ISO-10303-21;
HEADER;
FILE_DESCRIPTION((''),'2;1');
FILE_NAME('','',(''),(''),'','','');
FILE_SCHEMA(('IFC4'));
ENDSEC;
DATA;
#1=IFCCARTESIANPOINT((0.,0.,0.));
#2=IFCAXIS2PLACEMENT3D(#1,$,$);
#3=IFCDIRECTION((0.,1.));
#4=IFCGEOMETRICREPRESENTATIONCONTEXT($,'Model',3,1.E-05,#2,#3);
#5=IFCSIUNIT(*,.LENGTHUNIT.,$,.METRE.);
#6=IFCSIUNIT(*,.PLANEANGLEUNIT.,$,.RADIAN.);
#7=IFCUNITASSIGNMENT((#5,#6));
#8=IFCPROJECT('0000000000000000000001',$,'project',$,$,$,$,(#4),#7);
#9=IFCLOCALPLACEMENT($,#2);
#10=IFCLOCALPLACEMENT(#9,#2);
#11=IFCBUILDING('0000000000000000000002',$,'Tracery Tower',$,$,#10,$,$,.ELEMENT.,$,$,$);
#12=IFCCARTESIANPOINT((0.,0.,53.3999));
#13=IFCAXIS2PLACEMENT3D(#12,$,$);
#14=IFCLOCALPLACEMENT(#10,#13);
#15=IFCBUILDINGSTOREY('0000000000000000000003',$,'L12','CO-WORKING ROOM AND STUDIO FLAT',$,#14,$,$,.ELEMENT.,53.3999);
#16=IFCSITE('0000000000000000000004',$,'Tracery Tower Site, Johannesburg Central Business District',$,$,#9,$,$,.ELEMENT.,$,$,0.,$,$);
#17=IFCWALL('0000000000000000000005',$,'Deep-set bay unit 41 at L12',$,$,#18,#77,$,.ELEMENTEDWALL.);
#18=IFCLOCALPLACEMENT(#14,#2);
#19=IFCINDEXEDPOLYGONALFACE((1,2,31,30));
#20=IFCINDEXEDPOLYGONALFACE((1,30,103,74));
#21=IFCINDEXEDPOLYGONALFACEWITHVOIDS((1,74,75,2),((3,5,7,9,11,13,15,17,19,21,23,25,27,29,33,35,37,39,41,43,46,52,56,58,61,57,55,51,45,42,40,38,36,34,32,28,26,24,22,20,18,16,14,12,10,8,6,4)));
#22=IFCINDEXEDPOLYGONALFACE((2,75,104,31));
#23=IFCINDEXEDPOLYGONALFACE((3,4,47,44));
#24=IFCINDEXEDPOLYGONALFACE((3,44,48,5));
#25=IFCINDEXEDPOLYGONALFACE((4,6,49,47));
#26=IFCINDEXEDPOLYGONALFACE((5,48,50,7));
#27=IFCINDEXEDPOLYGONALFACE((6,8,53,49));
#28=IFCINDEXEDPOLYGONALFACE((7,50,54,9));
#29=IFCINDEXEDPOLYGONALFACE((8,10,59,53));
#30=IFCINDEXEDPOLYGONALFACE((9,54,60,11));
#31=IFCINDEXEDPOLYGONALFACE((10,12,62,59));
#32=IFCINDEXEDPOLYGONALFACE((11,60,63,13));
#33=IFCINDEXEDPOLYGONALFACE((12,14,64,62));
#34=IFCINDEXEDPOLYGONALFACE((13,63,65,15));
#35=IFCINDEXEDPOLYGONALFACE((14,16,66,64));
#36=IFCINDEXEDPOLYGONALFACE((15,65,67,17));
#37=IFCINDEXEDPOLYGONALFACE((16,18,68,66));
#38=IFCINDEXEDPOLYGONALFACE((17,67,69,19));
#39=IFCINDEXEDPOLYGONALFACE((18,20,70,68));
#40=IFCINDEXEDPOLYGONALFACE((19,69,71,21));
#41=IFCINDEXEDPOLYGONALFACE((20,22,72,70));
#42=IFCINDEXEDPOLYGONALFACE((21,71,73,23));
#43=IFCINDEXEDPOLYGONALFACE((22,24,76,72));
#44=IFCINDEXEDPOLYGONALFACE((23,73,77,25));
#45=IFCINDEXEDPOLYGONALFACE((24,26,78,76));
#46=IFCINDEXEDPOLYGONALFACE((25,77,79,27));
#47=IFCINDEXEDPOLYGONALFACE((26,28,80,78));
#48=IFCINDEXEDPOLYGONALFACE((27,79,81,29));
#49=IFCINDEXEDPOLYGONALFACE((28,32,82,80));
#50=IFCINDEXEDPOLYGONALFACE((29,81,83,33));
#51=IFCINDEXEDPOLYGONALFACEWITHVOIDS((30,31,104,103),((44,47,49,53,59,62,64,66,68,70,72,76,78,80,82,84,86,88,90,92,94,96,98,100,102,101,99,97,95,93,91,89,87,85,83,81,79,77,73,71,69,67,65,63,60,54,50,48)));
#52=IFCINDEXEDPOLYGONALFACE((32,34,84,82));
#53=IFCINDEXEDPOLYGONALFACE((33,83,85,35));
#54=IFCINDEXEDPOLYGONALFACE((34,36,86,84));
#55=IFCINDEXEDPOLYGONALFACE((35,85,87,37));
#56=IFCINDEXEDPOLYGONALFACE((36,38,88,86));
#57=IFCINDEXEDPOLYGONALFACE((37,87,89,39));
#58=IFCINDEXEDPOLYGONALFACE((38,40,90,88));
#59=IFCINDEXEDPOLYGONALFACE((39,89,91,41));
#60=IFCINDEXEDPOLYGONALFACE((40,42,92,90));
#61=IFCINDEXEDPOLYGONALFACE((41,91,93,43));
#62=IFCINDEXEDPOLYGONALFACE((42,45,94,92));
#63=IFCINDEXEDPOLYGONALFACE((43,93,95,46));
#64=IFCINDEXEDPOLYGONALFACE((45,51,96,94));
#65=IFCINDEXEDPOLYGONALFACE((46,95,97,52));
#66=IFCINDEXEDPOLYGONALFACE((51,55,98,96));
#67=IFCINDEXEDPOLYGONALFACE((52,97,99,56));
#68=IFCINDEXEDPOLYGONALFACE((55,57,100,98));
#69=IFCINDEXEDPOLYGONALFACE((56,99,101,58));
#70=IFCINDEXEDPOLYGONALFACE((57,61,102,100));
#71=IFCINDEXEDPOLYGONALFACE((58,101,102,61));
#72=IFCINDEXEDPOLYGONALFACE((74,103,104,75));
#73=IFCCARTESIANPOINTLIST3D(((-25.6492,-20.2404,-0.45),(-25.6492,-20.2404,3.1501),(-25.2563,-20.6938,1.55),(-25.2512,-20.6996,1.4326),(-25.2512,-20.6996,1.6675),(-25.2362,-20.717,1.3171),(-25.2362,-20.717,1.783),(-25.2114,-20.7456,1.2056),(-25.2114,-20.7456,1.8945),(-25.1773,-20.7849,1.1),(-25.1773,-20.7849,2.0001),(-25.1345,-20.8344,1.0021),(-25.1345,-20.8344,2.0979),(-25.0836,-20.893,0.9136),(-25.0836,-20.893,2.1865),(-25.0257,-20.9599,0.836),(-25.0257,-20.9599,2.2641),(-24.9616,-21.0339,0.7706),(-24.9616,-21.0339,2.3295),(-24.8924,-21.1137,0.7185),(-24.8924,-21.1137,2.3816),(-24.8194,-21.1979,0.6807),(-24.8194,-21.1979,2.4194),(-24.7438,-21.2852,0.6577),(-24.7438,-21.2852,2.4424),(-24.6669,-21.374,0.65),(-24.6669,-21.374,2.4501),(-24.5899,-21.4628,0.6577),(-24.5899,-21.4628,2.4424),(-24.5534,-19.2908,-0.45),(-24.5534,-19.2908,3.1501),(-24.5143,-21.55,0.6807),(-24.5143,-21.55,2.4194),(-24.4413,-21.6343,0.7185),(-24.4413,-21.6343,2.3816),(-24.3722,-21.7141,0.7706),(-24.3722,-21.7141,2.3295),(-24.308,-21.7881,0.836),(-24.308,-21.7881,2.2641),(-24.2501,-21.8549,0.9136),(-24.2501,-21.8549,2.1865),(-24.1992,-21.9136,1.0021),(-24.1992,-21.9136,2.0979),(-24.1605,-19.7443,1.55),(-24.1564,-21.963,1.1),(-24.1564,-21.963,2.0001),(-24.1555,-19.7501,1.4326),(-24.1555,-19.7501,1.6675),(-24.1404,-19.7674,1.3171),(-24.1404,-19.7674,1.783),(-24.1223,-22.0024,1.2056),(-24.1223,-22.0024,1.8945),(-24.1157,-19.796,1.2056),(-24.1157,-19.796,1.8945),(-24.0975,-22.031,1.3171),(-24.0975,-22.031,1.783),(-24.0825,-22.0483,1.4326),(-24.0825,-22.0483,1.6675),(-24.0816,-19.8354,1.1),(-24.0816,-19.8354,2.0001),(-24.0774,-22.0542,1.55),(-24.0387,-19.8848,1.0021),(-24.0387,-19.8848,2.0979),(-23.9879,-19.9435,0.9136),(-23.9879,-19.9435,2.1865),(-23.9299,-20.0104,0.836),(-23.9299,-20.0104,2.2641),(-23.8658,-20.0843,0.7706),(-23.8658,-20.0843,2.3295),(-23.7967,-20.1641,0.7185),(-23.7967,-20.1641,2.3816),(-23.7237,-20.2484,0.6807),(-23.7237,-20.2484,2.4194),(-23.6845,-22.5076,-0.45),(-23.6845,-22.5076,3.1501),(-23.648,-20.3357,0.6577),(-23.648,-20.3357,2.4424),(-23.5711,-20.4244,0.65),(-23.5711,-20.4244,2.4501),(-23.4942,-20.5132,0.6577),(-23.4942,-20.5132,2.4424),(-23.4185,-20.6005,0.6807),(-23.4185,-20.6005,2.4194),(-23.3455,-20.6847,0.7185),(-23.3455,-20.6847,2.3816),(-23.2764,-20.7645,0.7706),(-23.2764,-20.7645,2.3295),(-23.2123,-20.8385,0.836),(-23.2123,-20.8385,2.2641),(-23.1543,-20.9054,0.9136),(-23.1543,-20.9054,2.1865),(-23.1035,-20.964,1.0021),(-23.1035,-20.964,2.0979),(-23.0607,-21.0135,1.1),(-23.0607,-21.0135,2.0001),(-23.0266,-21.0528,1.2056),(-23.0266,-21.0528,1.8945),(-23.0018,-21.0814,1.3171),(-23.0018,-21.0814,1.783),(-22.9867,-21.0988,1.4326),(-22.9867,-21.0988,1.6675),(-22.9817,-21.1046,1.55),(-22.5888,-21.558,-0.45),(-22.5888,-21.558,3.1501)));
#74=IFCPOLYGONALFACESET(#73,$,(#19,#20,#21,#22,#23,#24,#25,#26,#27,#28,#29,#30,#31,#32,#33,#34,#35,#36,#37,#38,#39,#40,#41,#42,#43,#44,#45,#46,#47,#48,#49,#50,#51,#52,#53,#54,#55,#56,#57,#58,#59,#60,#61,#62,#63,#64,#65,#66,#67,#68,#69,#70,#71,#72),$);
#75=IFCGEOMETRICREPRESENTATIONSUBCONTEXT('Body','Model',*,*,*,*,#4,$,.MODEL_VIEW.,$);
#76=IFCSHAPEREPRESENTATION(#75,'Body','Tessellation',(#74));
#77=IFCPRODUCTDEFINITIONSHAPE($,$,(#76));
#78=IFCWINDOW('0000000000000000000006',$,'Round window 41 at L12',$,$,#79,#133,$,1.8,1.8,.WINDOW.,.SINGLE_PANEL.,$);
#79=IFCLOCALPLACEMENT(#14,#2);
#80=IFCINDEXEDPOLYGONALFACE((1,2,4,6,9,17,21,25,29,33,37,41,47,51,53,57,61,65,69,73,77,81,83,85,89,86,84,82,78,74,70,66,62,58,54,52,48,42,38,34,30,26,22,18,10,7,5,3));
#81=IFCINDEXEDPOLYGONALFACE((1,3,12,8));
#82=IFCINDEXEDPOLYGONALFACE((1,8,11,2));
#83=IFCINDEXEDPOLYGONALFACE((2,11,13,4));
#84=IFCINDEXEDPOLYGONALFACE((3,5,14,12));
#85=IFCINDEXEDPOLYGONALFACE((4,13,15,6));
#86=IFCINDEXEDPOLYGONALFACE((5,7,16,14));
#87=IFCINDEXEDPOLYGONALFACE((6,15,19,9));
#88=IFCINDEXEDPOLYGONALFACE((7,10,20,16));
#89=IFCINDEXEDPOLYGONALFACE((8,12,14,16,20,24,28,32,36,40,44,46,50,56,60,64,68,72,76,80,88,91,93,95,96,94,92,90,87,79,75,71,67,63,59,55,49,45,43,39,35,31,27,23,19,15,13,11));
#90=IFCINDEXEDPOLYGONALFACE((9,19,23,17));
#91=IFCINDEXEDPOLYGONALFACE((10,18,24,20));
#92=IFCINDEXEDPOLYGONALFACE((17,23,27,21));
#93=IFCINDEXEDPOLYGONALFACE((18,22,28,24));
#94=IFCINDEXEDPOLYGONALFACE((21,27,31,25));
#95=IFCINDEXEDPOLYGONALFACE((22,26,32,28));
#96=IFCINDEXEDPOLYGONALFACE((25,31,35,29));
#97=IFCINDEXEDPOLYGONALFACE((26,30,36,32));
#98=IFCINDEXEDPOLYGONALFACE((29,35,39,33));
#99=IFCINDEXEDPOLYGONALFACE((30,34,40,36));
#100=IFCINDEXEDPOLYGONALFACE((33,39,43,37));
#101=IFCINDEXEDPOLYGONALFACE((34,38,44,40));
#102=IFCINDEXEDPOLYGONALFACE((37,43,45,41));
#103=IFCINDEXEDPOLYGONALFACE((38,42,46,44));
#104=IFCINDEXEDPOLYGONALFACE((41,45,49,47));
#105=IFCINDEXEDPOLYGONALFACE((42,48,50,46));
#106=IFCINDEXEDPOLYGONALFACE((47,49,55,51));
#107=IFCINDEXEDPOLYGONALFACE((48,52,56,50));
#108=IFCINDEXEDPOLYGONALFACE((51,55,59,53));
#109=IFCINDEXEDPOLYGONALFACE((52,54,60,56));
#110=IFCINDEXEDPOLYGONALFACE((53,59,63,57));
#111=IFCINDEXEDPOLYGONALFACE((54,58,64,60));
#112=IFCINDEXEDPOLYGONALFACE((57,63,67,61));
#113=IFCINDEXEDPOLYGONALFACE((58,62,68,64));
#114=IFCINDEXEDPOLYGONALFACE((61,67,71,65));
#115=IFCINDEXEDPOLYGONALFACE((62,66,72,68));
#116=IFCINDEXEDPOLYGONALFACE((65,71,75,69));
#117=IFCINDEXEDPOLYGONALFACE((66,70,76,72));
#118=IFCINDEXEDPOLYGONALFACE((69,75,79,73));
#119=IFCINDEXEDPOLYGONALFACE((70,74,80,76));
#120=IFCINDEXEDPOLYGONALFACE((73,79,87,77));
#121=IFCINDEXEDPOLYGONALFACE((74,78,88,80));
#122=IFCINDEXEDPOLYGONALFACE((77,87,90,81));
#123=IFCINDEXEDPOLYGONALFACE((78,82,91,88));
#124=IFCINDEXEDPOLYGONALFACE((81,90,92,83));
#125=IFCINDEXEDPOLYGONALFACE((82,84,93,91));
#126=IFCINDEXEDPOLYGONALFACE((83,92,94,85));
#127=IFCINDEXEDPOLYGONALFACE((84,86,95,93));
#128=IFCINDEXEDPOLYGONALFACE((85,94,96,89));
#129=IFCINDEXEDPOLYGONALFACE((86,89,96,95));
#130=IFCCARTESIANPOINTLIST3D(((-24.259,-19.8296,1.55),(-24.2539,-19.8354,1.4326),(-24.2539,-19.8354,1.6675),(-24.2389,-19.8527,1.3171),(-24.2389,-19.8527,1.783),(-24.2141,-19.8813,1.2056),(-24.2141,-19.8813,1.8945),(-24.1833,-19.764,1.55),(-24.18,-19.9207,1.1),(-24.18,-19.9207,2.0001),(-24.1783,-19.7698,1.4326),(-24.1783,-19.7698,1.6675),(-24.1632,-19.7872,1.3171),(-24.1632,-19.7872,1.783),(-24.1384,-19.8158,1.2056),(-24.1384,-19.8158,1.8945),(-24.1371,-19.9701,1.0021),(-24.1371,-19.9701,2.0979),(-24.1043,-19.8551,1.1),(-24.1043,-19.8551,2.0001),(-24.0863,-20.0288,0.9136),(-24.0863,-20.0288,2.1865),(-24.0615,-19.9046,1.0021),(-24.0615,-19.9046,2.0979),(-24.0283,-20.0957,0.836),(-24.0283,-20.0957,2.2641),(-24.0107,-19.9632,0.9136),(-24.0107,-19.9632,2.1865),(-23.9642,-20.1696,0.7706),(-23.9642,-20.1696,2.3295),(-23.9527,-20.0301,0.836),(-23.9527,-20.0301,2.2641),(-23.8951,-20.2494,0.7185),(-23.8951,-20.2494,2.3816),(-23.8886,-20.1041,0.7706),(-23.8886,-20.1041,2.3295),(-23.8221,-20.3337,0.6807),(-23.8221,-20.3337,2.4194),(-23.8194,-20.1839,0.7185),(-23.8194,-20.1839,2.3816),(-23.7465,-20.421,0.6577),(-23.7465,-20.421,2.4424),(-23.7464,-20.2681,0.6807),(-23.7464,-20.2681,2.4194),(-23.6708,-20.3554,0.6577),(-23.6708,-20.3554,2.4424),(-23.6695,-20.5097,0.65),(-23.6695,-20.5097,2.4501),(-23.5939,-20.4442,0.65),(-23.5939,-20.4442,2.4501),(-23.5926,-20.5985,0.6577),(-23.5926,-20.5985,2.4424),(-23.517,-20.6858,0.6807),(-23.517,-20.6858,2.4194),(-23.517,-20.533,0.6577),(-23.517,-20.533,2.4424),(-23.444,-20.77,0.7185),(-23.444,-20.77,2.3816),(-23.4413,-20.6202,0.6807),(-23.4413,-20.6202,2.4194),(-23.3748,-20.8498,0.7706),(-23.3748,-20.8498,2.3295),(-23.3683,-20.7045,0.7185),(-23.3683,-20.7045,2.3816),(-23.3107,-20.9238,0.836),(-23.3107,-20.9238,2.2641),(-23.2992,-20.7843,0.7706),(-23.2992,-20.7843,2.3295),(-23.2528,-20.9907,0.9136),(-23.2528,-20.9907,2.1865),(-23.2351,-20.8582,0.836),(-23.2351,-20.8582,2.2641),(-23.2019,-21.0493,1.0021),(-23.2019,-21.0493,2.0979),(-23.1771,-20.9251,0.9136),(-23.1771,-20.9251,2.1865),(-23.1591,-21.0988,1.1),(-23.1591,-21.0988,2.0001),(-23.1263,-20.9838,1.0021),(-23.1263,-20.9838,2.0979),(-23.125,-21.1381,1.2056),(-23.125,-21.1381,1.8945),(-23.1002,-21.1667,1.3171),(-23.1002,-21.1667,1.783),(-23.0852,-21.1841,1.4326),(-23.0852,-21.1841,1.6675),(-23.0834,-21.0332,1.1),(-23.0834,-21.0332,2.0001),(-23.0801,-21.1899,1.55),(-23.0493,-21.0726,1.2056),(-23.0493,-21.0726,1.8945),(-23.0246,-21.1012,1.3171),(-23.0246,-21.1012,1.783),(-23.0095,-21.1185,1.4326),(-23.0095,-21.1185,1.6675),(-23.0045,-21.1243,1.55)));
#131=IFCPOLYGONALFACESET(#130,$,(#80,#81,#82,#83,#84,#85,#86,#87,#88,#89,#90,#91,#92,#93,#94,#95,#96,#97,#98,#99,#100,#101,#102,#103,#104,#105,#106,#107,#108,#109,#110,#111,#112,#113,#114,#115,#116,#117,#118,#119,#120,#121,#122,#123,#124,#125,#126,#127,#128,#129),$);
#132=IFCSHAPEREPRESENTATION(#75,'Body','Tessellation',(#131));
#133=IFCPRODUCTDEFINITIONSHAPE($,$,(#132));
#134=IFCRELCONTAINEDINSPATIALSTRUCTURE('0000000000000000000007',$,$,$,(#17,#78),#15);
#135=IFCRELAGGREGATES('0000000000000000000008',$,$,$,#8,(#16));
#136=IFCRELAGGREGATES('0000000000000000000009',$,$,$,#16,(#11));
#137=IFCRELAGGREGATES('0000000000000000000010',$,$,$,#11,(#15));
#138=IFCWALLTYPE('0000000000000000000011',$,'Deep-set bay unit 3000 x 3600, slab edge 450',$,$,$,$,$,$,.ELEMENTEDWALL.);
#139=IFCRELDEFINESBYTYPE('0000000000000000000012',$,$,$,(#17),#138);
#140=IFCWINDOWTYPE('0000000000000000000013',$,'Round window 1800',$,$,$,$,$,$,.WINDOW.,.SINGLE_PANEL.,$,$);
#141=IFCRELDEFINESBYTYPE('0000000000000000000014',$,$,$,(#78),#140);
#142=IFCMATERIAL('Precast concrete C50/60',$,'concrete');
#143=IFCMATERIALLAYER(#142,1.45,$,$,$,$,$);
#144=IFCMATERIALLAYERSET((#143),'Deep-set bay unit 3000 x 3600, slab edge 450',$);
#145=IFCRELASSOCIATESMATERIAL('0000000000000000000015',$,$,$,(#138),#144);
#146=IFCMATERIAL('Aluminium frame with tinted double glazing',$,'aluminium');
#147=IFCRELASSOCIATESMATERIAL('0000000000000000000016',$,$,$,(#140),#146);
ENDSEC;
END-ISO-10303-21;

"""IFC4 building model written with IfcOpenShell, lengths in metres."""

from ifc_helpers import new_model, si_unit, direction, frame, frame_2d, origin, origin_2d, place, context, subcontext, project, spatial, rectangle, circle, extrude, material, layer, layer_set, type_object, element, fill, save


model = new_model("IFC4")

# Units and contexts
model_context = context("Model", 3, precision=1e-05, world=origin(), true_north=direction((0.0, 1.0)))
body_context = subcontext(model_context, "Body", "Model", "MODEL_VIEW")
ifc_project = project(units=[si_unit("LENGTHUNIT", "METRE"), si_unit("PLANEANGLEUNIT", "RADIAN")], contexts=[model_context])

# Site, building, storey
site_placement = place(None, origin())
site = spatial("IfcSite", under=ifc_project, at=site_placement, Name="Tracery Tower Site, Johannesburg Central Business District", CompositionType="ELEMENT", RefElevation=0.0)
building_placement = place(site_placement, origin())
building = spatial("IfcBuilding", under=site, at=building_placement, Name="Tracery Tower", CompositionType="ELEMENT")
storey_placement = place(building_placement, frame((0.0, 0.0, 53.3999)))
storey = spatial("IfcBuildingStorey", under=building, at=storey_placement, Name="L12", Description="CO-WORKING ROOM AND STUDIO FLAT", CompositionType="ELEMENT", Elevation=53.3999)

# Wall, opening, window
ifc_material_1 = material(Name="Precast concrete C50/60", Category="concrete")
ifc_layer_1 = layer(ifc_material_1, 1.45)
ifc_layer_set_1 = layer_set([ifc_layer_1], Name="Deep-set bay unit 3000 x 3600, slab edge 450")
wall_type_1 = type_object("IfcWallType", Name="Deep-set bay unit 3000 x 3600, slab edge 450", PredefinedType="ELEMENTEDWALL", material=ifc_layer_set_1)
wall_1_placement = place(storey_placement, frame((-25.1013, -19.7656, -0.45), z_axis=(0.0, 0.0, 1.0), x_axis=(0.65489, -0.755724, 0.0)))
wall_1 = element("IfcWall", 1, at=wall_1_placement, inside=storey, type_object=wall_type_1, Name="Deep-set bay unit 41 at L12", PredefinedType="ELEMENTEDWALL", context=body_context, shape_type="SweptSolid", body=[
    extrude(rectangle(XDim=3.0, YDim=1.45, at=frame_2d((1.5, 0.0))), origin(), (0.0, 0.0, 1.0), 3.6001),
])
opening_1_placement = place(wall_1_placement, frame((1.5, 0.0, 2.0)))
opening_1 = element("IfcOpeningElement", 2, at=opening_1_placement, cuts=wall_1, PredefinedType="OPENING", context=body_context, shape_type="SweptSolid", body=[
    extrude(circle(Radius=0.9, at=origin_2d()), frame((0.0, 0.7349, 0.0), z_axis=(0.0, -1.0, 0.0), x_axis=(1.0, 0.0, 0.0)), (0.0, 0.0, 1.0), 1.47),
])
ifc_material_2 = material(Name="Aluminium frame with tinted double glazing", Category="aluminium")
window_type = type_object("IfcWindowType", Name="Round window 1800", PartitioningType="SINGLE_PANEL", PredefinedType="WINDOW", material=ifc_material_2)
window_1_placement = place(opening_1_placement, origin())
window_1 = element("IfcWindow", 3, at=window_1_placement, inside=storey, type_object=window_type, Name="Round window 41 at L12", OverallHeight=1.8, OverallWidth=1.8, PartitioningType="SINGLE_PANEL", PredefinedType="WINDOW", context=body_context, shape_type="SweptSolid", body=[
    extrude(circle(Radius=0.9, at=origin_2d()), frame((0.0, 0.6948, 0.0), z_axis=(0.0, -1.0, 0.0), x_axis=(1.0, 0.0, 0.0)), (0.0, 0.0, 1.0), 0.1001),
])
fill(opening_1, window_1)

save(model, "model.ifc")
